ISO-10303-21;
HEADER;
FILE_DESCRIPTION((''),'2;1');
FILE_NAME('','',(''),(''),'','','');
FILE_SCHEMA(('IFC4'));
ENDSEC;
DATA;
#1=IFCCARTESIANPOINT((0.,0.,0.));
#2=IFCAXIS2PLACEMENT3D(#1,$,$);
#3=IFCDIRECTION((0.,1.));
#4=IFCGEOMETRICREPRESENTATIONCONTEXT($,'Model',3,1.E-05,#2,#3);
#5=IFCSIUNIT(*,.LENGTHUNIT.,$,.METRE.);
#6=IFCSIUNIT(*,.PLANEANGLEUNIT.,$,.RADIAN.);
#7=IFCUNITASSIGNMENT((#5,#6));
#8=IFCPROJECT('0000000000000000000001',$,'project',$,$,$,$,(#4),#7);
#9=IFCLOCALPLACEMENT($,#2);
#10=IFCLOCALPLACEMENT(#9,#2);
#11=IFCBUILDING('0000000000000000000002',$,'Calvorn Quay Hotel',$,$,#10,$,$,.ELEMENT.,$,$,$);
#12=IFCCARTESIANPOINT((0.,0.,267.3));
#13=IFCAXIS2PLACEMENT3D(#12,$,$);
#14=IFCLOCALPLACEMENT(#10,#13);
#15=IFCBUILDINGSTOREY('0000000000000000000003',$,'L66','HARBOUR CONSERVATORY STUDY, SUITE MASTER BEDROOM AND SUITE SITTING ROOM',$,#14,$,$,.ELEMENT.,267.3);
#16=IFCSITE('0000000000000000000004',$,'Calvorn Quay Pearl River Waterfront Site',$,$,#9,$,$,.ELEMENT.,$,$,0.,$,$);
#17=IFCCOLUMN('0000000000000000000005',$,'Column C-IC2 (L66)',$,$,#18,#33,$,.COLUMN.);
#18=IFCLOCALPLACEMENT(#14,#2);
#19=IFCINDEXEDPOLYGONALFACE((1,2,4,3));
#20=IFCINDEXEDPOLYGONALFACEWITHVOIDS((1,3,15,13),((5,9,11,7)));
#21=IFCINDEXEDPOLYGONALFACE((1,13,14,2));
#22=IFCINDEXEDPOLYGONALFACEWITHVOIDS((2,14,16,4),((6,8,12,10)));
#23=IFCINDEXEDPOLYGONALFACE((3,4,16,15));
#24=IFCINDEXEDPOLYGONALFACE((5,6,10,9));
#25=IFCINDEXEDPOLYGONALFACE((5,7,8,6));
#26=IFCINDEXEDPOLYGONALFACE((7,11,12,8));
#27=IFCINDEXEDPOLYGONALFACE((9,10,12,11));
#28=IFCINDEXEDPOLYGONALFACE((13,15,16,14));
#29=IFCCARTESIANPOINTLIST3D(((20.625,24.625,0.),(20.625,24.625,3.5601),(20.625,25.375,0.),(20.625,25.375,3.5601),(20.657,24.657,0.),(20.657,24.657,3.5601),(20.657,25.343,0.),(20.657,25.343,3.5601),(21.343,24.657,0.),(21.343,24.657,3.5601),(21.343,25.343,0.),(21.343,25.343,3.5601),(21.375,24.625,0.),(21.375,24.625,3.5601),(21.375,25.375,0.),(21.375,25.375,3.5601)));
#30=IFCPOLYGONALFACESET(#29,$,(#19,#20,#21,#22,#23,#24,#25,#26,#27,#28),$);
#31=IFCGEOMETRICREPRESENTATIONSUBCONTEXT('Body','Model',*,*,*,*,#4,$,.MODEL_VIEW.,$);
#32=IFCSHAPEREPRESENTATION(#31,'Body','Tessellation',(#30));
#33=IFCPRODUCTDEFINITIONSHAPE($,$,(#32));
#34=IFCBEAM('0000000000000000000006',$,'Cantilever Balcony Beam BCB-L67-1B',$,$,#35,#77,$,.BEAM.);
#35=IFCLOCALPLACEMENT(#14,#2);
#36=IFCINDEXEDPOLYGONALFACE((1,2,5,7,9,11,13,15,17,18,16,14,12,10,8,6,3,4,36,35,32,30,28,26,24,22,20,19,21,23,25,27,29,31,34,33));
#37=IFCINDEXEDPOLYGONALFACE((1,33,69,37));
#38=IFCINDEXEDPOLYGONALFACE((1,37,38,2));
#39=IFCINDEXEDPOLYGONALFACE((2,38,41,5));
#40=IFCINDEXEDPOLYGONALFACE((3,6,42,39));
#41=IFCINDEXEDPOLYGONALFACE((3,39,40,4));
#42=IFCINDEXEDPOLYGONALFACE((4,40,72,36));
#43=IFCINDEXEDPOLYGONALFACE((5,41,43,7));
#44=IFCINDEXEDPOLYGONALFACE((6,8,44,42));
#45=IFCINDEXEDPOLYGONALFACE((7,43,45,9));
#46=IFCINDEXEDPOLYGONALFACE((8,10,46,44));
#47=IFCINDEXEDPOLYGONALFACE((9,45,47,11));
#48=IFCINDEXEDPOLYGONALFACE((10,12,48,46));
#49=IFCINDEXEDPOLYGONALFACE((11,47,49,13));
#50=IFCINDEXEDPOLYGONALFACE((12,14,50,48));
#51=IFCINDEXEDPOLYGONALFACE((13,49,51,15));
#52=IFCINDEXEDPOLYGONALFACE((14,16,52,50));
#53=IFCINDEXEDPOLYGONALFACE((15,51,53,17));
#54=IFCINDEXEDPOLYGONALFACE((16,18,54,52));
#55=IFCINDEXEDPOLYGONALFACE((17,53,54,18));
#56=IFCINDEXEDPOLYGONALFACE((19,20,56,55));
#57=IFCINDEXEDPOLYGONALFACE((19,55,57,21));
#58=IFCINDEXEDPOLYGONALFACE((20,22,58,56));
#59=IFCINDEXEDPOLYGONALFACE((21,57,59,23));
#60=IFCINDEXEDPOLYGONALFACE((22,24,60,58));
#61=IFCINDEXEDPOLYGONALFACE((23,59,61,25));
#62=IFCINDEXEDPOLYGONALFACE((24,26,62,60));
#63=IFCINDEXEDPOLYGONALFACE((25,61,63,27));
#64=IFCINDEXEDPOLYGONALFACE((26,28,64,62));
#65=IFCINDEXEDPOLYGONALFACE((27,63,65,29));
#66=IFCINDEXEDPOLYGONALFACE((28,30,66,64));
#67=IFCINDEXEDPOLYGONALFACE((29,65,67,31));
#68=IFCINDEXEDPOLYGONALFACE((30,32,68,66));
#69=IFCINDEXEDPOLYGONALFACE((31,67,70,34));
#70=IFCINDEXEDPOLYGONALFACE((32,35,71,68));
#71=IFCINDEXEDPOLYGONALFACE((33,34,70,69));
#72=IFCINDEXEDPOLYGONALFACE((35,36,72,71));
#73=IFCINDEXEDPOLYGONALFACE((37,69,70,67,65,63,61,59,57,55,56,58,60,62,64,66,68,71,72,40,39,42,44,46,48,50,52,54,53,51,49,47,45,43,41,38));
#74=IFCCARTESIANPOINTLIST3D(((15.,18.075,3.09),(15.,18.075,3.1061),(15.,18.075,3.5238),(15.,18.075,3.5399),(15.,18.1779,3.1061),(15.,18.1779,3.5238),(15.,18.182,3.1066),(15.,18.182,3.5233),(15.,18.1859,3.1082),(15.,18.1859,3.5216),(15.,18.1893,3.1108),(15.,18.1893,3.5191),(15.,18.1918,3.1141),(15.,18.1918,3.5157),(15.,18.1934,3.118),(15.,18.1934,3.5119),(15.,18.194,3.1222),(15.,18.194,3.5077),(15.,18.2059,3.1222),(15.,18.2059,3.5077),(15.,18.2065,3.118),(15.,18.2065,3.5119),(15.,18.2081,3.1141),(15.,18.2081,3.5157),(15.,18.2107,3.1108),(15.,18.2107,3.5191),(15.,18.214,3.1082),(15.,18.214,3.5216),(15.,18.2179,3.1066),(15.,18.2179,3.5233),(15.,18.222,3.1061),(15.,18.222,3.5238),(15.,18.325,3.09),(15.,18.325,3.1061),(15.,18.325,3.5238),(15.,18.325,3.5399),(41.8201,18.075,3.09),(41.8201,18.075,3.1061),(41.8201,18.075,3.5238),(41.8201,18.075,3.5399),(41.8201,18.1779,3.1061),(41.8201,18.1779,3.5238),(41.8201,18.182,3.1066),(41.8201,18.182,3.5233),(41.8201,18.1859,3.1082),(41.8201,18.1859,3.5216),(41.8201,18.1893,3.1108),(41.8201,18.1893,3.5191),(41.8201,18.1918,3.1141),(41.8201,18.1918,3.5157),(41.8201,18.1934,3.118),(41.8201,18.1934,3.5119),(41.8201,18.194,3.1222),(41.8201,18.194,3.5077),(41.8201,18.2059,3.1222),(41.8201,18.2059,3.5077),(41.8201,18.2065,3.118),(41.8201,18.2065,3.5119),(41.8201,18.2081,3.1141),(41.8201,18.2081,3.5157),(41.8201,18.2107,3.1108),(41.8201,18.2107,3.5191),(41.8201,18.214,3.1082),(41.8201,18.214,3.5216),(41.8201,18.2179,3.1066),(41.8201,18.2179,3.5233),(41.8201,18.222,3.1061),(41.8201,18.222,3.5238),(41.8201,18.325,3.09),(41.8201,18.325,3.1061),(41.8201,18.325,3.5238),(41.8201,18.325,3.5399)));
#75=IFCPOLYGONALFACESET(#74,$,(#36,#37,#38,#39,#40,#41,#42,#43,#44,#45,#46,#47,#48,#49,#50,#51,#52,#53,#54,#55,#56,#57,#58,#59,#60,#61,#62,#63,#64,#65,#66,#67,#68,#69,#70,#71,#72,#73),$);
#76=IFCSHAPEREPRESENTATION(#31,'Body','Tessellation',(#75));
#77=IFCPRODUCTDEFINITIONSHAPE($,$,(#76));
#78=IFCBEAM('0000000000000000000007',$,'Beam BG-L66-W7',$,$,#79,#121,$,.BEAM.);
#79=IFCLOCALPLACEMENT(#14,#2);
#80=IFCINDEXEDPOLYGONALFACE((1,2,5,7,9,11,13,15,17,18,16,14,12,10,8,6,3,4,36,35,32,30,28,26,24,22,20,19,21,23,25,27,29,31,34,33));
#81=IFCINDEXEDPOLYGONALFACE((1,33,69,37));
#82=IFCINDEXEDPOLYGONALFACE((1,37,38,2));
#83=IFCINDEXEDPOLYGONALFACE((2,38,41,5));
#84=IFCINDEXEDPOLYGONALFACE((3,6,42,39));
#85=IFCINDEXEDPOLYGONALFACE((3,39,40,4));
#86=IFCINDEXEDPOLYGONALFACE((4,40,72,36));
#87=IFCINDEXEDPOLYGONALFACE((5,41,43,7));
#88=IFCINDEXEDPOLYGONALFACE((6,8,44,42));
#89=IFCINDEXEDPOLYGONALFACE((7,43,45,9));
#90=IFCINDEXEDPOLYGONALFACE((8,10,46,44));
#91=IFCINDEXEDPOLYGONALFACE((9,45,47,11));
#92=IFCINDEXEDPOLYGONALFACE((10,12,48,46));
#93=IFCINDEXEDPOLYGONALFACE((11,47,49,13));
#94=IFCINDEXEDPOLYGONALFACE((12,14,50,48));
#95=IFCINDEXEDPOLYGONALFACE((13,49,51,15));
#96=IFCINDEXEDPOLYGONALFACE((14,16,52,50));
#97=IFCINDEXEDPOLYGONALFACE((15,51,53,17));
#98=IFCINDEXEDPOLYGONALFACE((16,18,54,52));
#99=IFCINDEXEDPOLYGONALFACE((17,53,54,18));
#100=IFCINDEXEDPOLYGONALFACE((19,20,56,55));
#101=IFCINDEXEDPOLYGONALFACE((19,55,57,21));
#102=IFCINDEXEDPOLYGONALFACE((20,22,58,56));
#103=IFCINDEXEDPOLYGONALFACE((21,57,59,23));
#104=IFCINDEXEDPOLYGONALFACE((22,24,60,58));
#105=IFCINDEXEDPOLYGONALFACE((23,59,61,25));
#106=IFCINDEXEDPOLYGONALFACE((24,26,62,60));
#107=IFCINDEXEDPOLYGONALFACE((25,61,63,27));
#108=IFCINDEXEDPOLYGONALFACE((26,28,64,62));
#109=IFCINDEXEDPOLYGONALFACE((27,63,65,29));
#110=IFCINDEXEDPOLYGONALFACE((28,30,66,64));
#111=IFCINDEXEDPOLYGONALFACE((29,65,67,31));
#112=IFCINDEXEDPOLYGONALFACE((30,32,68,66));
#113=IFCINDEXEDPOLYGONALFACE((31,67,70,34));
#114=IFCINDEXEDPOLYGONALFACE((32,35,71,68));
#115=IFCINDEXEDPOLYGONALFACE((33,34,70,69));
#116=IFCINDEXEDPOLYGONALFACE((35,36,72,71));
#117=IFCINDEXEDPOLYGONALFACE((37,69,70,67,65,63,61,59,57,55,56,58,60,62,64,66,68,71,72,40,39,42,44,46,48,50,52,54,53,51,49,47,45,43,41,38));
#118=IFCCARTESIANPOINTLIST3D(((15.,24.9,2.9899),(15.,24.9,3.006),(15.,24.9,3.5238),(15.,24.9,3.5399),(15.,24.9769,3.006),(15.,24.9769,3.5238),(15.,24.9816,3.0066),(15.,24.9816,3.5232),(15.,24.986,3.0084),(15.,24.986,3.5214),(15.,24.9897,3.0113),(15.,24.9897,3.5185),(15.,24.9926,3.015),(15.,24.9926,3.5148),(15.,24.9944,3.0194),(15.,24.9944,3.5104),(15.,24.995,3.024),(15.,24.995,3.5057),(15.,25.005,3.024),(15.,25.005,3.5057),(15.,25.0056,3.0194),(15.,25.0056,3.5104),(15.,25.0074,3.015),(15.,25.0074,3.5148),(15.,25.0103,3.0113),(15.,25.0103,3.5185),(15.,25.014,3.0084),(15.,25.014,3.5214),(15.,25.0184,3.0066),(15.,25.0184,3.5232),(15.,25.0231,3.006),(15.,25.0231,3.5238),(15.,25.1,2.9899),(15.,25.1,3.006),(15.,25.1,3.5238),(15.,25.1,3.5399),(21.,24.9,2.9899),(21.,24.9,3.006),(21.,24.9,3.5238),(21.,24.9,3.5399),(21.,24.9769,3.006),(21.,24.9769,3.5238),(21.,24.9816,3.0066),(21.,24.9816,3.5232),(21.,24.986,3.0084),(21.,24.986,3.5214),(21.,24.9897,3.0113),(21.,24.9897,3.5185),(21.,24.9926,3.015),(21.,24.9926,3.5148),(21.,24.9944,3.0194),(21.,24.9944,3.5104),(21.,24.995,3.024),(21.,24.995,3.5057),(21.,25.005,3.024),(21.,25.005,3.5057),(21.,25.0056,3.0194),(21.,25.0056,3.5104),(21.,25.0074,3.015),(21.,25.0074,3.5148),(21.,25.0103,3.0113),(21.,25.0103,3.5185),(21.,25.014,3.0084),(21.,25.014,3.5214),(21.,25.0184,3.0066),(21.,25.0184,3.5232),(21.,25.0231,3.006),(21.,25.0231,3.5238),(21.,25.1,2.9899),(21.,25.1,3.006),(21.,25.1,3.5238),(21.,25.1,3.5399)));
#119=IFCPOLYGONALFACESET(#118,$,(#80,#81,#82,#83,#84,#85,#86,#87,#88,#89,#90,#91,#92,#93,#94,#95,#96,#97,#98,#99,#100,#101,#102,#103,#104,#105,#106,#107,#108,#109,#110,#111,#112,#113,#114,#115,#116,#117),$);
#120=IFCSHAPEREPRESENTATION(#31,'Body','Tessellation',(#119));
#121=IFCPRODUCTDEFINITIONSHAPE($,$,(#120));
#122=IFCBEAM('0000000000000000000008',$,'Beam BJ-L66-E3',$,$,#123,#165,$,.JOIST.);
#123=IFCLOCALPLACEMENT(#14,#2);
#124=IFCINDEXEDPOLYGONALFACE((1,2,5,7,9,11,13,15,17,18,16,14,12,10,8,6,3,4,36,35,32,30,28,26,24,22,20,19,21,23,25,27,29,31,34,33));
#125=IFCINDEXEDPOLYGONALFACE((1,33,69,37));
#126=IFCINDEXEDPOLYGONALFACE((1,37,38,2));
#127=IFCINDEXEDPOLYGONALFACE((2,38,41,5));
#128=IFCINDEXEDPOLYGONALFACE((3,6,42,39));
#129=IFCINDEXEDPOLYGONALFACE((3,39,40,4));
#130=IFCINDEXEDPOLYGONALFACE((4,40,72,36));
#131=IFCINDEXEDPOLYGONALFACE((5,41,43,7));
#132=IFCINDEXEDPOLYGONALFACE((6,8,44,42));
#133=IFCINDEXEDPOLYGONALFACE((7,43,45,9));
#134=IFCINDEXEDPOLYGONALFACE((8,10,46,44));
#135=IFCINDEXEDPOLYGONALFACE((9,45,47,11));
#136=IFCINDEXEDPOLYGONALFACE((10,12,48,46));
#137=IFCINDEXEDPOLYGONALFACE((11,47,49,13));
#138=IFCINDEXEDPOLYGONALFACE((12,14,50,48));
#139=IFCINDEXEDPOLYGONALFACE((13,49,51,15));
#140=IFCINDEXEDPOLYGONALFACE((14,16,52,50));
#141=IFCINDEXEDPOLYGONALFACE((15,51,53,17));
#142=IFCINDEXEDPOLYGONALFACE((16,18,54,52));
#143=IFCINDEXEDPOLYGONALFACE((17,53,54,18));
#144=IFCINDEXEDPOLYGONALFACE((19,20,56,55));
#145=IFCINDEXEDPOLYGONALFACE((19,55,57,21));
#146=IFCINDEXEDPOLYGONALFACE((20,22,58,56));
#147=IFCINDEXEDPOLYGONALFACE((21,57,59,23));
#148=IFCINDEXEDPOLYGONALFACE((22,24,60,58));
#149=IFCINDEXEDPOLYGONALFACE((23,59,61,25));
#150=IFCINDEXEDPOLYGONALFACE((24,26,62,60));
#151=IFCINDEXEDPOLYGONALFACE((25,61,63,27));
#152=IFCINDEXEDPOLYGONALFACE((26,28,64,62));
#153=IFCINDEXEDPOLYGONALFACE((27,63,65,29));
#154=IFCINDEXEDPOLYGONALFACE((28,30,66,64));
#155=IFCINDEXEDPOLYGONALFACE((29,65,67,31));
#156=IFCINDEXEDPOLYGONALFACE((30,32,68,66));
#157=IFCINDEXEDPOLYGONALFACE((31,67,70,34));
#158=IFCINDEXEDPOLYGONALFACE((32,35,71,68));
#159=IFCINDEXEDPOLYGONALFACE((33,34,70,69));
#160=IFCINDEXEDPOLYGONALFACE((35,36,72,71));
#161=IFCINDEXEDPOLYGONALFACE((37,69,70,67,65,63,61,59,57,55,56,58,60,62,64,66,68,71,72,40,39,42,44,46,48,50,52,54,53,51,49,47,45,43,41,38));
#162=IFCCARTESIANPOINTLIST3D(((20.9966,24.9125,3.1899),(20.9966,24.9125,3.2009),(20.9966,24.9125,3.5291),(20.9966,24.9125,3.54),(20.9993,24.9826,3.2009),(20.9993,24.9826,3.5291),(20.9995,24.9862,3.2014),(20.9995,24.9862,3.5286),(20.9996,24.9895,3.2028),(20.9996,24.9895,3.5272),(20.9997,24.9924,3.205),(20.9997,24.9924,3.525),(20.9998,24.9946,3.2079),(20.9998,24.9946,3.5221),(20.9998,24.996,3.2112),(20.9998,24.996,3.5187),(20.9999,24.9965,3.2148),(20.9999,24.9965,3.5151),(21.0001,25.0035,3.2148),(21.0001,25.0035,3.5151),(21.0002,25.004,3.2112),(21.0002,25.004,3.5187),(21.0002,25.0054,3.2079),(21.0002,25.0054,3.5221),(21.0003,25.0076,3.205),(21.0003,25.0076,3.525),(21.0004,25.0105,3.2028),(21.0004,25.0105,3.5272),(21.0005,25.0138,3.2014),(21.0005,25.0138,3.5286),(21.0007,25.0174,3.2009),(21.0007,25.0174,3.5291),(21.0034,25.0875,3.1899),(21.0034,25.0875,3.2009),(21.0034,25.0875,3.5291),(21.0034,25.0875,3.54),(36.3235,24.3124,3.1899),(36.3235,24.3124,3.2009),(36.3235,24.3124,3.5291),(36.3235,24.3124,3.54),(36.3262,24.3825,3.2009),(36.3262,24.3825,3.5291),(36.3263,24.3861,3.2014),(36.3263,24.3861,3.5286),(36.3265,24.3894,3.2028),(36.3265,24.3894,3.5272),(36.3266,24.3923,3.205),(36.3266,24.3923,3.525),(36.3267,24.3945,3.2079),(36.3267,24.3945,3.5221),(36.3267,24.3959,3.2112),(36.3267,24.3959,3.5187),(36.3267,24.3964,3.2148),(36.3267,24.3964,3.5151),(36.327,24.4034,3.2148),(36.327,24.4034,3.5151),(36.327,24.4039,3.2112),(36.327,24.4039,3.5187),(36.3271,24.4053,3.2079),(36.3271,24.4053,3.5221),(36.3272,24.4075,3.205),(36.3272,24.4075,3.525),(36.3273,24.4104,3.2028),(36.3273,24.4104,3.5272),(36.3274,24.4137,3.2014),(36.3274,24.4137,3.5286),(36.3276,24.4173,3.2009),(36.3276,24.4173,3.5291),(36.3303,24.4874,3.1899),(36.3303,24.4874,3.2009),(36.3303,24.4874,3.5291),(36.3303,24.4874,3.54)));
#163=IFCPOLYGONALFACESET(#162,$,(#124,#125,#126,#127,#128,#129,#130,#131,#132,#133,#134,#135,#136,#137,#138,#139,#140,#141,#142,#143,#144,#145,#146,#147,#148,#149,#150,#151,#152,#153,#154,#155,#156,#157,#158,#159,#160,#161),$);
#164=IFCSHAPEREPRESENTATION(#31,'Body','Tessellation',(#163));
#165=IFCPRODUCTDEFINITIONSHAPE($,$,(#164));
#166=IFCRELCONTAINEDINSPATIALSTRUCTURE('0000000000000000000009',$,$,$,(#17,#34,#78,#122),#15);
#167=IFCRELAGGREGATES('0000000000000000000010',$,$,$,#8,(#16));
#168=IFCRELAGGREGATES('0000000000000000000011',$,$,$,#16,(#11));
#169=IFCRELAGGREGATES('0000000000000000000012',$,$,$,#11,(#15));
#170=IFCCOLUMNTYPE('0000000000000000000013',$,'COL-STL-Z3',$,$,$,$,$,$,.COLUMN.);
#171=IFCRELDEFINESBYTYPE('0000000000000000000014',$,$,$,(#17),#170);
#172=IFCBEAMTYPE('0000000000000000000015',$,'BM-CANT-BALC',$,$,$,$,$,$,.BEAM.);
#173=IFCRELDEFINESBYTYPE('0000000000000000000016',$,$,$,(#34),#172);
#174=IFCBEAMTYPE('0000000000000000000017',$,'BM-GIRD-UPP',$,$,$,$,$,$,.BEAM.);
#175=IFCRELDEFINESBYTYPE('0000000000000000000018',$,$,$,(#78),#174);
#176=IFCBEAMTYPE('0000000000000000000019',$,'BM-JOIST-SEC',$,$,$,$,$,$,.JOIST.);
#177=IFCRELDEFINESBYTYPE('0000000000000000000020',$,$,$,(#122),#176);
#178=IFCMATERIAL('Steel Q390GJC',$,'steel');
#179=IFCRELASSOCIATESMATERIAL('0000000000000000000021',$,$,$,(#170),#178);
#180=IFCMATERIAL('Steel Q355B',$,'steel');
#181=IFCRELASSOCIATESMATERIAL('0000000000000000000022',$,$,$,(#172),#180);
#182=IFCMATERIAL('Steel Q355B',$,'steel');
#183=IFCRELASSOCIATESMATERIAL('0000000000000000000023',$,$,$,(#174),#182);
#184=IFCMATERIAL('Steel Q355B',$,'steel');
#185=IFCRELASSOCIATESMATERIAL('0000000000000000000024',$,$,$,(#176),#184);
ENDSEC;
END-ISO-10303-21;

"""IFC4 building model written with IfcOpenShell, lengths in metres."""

from ifc_helpers import new_model, si_unit, direction, frame, origin, origin_2d, place, context, subcontext, project, spatial, hollow_rectangle, i_section, extrude, material, material_profile, profile_set, type_object, element, save


model = new_model("IFC4")

# Units and contexts
model_context = context("Model", 3, precision=1e-05, world=origin(), true_north=direction((0.0, 1.0)))
body_context = subcontext(model_context, "Body", "Model", "MODEL_VIEW")
ifc_project = project(units=[si_unit("LENGTHUNIT", "METRE"), si_unit("PLANEANGLEUNIT", "RADIAN")], contexts=[model_context])

# Site, building, storey
site_placement = place(None, origin())
site = spatial("IfcSite", under=ifc_project, at=site_placement, Name="Calvorn Quay Pearl River Waterfront Site", CompositionType="ELEMENT", RefElevation=0.0)
building_placement = place(site_placement, origin())
building = spatial("IfcBuilding", under=site, at=building_placement, Name="Calvorn Quay Hotel", CompositionType="ELEMENT")
storey_placement = place(building_placement, frame((0.0, 0.0, 267.3)))
storey = spatial("IfcBuildingStorey", under=building, at=storey_placement, Name="L66", Description="HARBOUR CONSERVATORY STUDY, SUITE MASTER BEDROOM AND SUITE SITTING ROOM", CompositionType="ELEMENT", Elevation=267.3)

# Column
ifc_material_1 = material(Name="Steel Q390GJC", Category="steel")
ifc_material_profile_1 = material_profile(ifc_material_1, hollow_rectangle(XDim=0.75, YDim=0.75, WallThickness=0.032, at=origin_2d()), Name="BOX750x750x32")
ifc_profile_set_1 = profile_set([ifc_material_profile_1], Name="Steel Q390GJC")
column_type = type_object("IfcColumnType", Name="COL-STL-Z3", PredefinedType="COLUMN", material=ifc_profile_set_1)
column_placement = place(storey_placement, frame((21.0, 25.0, 0.0), z_axis=(0.0, 0.0, 1.0), x_axis=(1.0, 0.0, 0.0)))
element("IfcColumn", 1, at=column_placement, inside=storey, type_object=column_type, Name="Column C-IC2 (L66)", PredefinedType="COLUMN", context=body_context, shape_type="SweptSolid", body=[
    extrude(hollow_rectangle(XDim=0.75, YDim=0.75, WallThickness=0.032, at=origin_2d()), origin(), (0.0, 0.0, 1.0), 3.5601),
])

# Beams
ifc_material_2 = material(Name="Steel Q355B", Category="steel")
ifc_material_profile_2 = material_profile(ifc_material_2, i_section(OverallWidth=0.25, OverallDepth=0.45, WebThickness=0.012, FlangeThickness=0.0161, FilletRadius=0.0161, at=origin_2d()), Name="HN450x250x12x16")
ifc_profile_set_2 = profile_set([ifc_material_profile_2], Name="Steel Q355B")
beam_type_1 = type_object("IfcBeamType", Name="BM-CANT-BALC", PredefinedType="BEAM", material=ifc_profile_set_2)
beam_1_placement = place(storey_placement, frame((15.0, 18.2, 3.3149), z_axis=(1.0, 0.0, 0.0), x_axis=(0.0, 1.0, 0.0)))
element("IfcBeam", 2, at=beam_1_placement, inside=storey, type_object=beam_type_1, Name="Cantilever Balcony Beam BCB-L67-1B", PredefinedType="BEAM", context=body_context, shape_type="SweptSolid", body=[
    extrude(i_section(OverallWidth=0.25, OverallDepth=0.45, WebThickness=0.012, FlangeThickness=0.0161, FilletRadius=0.0161, at=origin_2d()), origin(), (0.0, 0.0, 1.0), 26.8201),
])
ifc_material_3 = material(Name="Steel Q355B", Category="steel")
ifc_material_profile_3 = material_profile(ifc_material_3, i_section(OverallWidth=0.2, OverallDepth=0.55, WebThickness=0.01, FlangeThickness=0.0161, FilletRadius=0.0181, at=origin_2d()), Name="HN550x200x10x16")
ifc_profile_set_3 = profile_set([ifc_material_profile_3], Name="Steel Q355B")
beam_type_2 = type_object("IfcBeamType", Name="BM-GIRD-UPP", PredefinedType="BEAM", material=ifc_profile_set_3)
beam_2_placement = place(storey_placement, frame((21.0, 25.0, 3.2649), z_axis=(-1.0, 0.0, 0.0), x_axis=(0.0, -1.0, 0.0)))
element("IfcBeam", 3, at=beam_2_placement, inside=storey, type_object=beam_type_2, Name="Beam BG-L66-W7", PredefinedType="BEAM", context=body_context, shape_type="SweptSolid", body=[
    extrude(i_section(OverallWidth=0.2, OverallDepth=0.55, WebThickness=0.01, FlangeThickness=0.0161, FilletRadius=0.0181, at=origin_2d()), origin(), (0.0, 0.0, 1.0), 6.0),
])
ifc_material_4 = material(Name="Steel Q355B", Category="steel")
ifc_material_profile_4 = material_profile(ifc_material_4, i_section(OverallWidth=0.175, OverallDepth=0.3501, WebThickness=0.0071, FlangeThickness=0.011, FilletRadius=0.0139, at=origin_2d()), Name="HN350x175x7x11")
ifc_profile_set_4 = profile_set([ifc_material_profile_4], Name="Steel Q355B")
beam_type_3 = type_object("IfcBeamType", Name="BM-JOIST-SEC", PredefinedType="JOIST", material=ifc_profile_set_4)
beam_3_placement = place(storey_placement, frame((21.0, 25.0, 3.365), z_axis=(0.999234, -0.039123, 0.0), x_axis=(0.039123, 0.999234, 0.0)))
element("IfcBeam", 4, at=beam_3_placement, inside=storey, type_object=beam_type_3, Name="Beam BJ-L66-E3", PredefinedType="JOIST", context=body_context, shape_type="SweptSolid", body=[
    extrude(i_section(OverallWidth=0.175, OverallDepth=0.3501, WebThickness=0.0071, FlangeThickness=0.011, FilletRadius=0.0139, at=origin_2d()), origin(), (0.0, 0.0, 1.0), 15.3386),
])

save(model, "model.ifc")
